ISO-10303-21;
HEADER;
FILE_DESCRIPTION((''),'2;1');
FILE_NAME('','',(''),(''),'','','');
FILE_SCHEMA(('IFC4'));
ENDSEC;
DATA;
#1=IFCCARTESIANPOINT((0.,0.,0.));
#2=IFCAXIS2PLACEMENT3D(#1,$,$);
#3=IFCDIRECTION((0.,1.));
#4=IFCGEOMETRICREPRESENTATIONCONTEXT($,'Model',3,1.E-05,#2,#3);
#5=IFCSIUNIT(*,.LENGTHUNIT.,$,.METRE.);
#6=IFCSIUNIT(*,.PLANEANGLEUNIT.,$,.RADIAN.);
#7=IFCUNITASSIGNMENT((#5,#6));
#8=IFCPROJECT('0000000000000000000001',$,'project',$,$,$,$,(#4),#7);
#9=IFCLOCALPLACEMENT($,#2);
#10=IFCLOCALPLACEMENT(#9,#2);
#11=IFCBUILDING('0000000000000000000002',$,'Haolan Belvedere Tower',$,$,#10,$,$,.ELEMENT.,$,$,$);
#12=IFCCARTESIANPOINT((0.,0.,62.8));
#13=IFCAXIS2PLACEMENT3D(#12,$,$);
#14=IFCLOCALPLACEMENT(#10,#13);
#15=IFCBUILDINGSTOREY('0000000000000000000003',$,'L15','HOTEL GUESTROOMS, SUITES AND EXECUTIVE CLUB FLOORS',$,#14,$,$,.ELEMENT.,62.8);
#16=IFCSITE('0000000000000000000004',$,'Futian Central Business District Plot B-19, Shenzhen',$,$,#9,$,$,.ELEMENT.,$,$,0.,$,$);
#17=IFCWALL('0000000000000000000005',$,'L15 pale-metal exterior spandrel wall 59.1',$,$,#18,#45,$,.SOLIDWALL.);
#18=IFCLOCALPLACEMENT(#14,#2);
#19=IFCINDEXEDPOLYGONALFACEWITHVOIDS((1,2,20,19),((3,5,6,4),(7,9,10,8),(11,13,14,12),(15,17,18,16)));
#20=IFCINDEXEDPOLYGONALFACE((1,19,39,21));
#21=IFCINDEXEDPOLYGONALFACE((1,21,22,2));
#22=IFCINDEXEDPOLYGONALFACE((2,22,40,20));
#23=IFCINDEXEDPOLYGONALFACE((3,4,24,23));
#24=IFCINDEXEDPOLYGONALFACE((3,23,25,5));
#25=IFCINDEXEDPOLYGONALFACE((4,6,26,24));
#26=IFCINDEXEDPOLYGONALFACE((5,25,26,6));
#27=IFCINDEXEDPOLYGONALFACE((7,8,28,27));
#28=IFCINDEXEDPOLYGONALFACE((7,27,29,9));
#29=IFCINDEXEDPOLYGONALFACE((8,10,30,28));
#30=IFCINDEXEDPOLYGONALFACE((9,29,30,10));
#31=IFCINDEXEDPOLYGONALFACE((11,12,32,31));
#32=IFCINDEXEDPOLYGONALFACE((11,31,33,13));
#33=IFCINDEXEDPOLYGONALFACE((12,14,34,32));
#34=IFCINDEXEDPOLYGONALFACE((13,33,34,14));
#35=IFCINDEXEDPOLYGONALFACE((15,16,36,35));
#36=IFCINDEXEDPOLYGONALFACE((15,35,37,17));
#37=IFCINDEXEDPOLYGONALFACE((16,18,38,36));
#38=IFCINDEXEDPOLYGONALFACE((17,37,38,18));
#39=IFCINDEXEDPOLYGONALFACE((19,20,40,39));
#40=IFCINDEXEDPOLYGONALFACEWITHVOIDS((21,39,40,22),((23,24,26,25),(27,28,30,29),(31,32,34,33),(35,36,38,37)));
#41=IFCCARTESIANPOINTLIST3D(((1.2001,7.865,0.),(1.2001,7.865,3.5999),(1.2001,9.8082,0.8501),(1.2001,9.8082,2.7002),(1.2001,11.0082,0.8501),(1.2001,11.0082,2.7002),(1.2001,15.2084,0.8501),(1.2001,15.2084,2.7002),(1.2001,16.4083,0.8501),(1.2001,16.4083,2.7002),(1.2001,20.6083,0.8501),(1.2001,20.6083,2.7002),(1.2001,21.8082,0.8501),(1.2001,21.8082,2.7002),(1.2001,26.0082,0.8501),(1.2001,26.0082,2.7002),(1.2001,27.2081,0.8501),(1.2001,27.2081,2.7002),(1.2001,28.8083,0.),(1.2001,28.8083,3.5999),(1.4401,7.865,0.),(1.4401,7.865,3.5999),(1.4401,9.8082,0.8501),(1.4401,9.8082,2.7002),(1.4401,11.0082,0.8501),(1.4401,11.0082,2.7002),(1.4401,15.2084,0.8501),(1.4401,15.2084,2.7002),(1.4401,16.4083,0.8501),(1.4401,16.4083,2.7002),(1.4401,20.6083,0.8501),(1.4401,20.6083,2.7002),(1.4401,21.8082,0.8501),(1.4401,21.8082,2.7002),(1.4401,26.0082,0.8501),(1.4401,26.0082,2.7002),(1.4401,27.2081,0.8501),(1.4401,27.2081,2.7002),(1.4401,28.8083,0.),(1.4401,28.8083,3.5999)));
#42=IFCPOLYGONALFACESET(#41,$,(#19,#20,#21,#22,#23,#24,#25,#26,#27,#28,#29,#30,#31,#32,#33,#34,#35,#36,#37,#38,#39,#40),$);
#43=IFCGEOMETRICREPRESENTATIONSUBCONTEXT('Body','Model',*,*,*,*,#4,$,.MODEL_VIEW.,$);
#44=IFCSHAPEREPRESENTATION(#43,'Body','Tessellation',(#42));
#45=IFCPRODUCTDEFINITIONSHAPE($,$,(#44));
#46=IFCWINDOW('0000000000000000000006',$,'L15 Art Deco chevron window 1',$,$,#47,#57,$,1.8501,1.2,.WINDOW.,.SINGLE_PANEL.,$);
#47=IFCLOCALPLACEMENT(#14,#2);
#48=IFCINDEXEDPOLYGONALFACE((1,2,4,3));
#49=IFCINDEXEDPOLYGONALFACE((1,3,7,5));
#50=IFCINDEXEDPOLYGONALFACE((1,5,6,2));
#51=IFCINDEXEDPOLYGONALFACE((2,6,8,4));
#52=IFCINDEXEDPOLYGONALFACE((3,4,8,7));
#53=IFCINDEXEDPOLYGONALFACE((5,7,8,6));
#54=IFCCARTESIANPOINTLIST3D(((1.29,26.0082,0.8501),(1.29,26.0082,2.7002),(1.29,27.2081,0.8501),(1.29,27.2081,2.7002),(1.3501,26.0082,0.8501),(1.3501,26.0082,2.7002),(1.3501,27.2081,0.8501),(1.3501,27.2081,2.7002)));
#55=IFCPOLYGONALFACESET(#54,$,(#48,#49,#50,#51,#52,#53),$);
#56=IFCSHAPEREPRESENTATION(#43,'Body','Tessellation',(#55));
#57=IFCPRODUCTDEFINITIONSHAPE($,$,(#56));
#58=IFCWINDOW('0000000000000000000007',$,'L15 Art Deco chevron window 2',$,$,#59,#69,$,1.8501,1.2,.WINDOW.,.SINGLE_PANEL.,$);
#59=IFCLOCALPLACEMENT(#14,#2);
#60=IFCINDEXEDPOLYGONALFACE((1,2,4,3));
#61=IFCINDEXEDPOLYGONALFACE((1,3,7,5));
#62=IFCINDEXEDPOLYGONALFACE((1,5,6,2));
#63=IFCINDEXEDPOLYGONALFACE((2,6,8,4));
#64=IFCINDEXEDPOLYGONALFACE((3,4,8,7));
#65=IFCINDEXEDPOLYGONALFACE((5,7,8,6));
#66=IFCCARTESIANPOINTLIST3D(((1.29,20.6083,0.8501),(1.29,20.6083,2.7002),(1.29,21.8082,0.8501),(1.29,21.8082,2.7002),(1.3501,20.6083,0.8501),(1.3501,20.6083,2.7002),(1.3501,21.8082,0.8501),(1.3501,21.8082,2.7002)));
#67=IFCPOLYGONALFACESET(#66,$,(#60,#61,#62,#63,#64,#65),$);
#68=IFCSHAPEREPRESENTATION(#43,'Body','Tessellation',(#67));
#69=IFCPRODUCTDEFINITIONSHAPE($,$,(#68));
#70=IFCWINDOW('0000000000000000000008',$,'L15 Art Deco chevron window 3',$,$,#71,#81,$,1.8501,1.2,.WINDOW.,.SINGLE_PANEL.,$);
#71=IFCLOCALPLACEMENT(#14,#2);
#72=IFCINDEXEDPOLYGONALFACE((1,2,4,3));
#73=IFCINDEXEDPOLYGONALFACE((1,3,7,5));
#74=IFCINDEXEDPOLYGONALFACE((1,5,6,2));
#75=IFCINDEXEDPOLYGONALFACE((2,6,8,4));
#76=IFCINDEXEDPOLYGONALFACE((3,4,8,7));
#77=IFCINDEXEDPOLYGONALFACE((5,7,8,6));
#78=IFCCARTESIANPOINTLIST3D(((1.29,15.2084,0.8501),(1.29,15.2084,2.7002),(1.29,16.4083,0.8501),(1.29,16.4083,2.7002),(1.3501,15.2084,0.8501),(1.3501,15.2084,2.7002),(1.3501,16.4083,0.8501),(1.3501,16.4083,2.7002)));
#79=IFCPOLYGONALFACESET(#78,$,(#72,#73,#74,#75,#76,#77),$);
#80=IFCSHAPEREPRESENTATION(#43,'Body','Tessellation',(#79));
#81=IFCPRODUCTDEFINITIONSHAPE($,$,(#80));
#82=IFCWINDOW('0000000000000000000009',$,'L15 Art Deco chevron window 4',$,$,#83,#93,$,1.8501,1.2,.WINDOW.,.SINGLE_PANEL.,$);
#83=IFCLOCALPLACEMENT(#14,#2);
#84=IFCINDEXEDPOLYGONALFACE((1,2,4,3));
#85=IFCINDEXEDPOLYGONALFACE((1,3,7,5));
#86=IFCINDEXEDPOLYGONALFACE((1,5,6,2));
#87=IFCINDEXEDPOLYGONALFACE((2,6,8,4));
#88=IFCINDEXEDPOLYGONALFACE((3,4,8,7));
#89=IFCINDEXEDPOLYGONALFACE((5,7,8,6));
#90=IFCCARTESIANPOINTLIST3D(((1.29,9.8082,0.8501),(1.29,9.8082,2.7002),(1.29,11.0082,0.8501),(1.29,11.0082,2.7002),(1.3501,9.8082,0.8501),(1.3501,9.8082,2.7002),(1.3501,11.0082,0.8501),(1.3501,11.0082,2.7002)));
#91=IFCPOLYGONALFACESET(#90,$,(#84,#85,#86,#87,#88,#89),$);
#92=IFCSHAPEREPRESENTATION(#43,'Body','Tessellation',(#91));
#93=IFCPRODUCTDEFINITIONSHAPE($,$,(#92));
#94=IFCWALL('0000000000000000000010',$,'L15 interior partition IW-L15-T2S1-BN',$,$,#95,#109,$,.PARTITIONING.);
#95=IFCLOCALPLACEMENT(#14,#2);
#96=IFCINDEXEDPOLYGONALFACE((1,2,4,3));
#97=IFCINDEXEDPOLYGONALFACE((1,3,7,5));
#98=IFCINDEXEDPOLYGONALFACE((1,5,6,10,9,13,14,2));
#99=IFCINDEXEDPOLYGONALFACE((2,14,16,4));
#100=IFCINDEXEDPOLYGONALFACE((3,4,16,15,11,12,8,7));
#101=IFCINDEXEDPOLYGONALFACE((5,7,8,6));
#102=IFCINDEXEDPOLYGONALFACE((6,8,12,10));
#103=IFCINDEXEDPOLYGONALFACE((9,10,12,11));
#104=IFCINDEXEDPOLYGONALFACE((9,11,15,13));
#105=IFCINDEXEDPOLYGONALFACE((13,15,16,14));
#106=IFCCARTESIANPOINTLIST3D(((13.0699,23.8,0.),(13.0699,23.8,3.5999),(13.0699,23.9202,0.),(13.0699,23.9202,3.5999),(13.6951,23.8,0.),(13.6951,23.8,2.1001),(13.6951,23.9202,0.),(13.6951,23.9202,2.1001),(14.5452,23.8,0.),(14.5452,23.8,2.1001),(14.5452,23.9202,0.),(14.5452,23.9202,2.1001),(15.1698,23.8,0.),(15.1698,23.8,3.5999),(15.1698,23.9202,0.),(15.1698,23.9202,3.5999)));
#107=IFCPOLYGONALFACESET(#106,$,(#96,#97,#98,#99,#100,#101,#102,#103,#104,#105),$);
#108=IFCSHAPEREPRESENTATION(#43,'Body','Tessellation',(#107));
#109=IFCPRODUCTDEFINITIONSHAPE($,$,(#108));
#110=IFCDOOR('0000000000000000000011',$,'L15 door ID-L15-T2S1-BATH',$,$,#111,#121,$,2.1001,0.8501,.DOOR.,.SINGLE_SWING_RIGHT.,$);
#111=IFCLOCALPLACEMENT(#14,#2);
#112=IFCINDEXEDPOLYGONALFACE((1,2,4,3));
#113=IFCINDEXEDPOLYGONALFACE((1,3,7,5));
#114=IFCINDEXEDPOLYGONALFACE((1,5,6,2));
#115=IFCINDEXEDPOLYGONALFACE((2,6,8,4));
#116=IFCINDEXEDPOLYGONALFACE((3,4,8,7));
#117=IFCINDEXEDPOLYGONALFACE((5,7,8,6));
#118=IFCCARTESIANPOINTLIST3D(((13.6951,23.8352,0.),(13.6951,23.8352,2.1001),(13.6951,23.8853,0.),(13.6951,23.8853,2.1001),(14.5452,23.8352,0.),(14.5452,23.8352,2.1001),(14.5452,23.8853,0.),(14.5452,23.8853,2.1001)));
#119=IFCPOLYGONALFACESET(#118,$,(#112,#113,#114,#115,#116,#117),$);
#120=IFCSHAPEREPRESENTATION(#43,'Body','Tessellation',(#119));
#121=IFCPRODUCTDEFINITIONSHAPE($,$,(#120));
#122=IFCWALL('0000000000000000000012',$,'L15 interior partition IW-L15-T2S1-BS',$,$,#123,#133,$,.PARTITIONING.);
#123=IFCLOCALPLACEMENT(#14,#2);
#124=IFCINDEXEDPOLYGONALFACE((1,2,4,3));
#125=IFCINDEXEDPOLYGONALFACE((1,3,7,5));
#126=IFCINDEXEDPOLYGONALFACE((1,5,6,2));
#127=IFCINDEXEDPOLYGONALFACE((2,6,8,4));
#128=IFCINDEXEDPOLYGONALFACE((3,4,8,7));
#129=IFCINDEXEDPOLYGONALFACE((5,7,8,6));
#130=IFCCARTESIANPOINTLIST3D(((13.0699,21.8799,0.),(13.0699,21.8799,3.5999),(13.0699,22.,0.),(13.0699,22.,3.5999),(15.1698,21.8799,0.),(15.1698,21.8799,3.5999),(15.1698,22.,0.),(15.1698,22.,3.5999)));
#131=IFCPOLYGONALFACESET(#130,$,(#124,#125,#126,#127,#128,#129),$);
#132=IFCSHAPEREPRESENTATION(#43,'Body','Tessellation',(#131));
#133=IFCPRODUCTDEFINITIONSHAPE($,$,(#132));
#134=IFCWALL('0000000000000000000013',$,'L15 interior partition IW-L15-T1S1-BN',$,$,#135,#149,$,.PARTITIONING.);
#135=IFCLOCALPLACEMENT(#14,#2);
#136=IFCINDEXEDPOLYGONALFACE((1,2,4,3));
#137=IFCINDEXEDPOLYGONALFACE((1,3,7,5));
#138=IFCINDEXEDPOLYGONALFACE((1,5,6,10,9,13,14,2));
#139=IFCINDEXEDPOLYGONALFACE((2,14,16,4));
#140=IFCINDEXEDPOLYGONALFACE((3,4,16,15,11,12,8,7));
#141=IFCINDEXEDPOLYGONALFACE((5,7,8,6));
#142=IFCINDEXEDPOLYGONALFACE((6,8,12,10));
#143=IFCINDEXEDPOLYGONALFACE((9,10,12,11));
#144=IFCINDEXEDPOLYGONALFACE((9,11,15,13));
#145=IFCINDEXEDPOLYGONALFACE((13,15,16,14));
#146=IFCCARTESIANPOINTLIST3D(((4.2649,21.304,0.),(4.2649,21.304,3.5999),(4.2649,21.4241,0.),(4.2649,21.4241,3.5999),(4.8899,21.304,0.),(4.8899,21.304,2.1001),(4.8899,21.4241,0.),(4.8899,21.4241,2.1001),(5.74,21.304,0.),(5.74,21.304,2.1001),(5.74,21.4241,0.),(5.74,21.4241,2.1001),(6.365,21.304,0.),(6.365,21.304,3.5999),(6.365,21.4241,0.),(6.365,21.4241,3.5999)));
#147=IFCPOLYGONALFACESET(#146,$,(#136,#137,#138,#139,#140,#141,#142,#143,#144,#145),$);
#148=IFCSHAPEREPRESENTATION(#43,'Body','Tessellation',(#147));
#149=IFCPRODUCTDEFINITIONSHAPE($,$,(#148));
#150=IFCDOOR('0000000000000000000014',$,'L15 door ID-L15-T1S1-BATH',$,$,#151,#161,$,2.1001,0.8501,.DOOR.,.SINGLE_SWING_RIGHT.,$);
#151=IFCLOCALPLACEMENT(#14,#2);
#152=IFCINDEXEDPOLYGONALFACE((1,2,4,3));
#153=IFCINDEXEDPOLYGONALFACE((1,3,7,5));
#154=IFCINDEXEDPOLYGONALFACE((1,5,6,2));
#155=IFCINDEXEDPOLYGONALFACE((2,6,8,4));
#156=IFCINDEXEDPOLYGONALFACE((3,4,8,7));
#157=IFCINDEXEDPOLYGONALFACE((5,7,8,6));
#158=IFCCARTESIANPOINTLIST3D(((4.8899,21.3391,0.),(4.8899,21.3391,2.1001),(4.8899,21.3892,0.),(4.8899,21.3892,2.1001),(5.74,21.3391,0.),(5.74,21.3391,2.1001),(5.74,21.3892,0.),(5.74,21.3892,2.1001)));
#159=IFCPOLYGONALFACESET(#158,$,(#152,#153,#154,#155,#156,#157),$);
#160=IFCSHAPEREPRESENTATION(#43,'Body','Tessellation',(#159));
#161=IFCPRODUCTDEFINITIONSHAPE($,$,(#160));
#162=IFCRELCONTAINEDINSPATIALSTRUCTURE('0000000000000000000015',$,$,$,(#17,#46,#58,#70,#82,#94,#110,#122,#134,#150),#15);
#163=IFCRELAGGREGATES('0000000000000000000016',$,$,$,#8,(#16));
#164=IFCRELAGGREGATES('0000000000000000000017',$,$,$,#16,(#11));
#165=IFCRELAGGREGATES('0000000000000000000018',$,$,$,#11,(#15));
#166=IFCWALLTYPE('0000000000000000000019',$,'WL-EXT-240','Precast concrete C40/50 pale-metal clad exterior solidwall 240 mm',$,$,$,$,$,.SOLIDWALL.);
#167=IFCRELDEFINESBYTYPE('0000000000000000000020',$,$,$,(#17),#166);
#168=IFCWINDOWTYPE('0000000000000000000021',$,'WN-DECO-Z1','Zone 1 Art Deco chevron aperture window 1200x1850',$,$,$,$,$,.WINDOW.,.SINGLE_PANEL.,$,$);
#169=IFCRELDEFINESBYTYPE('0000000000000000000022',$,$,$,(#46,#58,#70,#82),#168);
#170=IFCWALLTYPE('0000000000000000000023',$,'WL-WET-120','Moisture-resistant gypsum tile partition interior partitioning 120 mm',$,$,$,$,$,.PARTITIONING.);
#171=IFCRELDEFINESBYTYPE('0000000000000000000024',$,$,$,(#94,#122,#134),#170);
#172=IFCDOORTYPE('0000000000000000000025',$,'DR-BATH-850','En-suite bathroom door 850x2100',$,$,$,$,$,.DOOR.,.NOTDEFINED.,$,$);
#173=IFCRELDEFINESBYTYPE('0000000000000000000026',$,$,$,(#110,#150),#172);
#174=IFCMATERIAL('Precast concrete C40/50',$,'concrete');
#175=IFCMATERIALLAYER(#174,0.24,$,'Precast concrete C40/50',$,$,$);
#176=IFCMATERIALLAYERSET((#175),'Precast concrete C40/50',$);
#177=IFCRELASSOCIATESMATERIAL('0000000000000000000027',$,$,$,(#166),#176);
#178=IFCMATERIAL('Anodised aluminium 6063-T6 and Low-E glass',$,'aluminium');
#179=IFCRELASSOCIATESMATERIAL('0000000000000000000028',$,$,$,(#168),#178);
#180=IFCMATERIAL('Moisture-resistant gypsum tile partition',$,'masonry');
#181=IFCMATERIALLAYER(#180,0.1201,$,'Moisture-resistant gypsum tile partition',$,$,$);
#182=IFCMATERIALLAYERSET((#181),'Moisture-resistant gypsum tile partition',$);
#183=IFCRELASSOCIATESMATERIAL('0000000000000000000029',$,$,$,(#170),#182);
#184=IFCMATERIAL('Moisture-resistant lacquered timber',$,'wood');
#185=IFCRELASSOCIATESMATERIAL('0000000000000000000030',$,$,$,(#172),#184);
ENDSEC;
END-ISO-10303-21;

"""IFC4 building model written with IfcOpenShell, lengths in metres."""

from ifc_helpers import new_model, si_unit, direction, frame, frame_2d, origin, place, context, subcontext, project, spatial, rectangle, extrude, material, layer, layer_set, type_object, element, fill, save


model = new_model("IFC4")

# Units and contexts
model_context = context("Model", 3, precision=1e-05, world=origin(), true_north=direction((0.0, 1.0)))
body_context = subcontext(model_context, "Body", "Model", "MODEL_VIEW")
ifc_project = project(units=[si_unit("LENGTHUNIT", "METRE"), si_unit("PLANEANGLEUNIT", "RADIAN")], contexts=[model_context])

# Site, building, storey
site_placement = place(None, origin())
site = spatial("IfcSite", under=ifc_project, at=site_placement, Name="Futian Central Business District Plot B-19, Shenzhen", CompositionType="ELEMENT", RefElevation=0.0)
building_placement = place(site_placement, origin())
building = spatial("IfcBuilding", under=site, at=building_placement, Name="Haolan Belvedere Tower", CompositionType="ELEMENT")
storey_placement = place(building_placement, frame((0.0, 0.0, 62.8)))
storey = spatial("IfcBuildingStorey", under=building, at=storey_placement, Name="L15", Description="HOTEL GUESTROOMS, SUITES AND EXECUTIVE CLUB FLOORS", CompositionType="ELEMENT", Elevation=62.8)

# Wall, openings, windows
ifc_material_1 = material(Name="Precast concrete C40/50", Category="concrete")
ifc_layer_1 = layer(ifc_material_1, 0.24, Name="Precast concrete C40/50")
ifc_layer_set_1 = layer_set([ifc_layer_1], Name="Precast concrete C40/50")
wall_type_1 = type_object("IfcWallType", Name="WL-EXT-240", Description="Precast concrete C40/50 pale-metal clad exterior solidwall 240 mm", PredefinedType="SOLIDWALL", material=ifc_layer_set_1)
wall_1_placement = place(storey_placement, frame((1.3201, 28.8083, 0.0), z_axis=(0.0, 0.0, 1.0), x_axis=(0.0, -1.0, 0.0)))
wall_1 = element("IfcWall", 1, at=wall_1_placement, inside=storey, type_object=wall_type_1, Name="L15 pale-metal exterior spandrel wall 59.1", PredefinedType="SOLIDWALL", context=body_context, shape_type="SweptSolid", body=[
    extrude(rectangle(XDim=20.9434, YDim=0.24, at=frame_2d((10.4717, 0.0))), origin(), (0.0, 0.0, 1.0), 3.5999),
])
opening_1_placement = place(wall_1_placement, frame((1.6001, 0.0, 0.8501)))
opening_1 = element("IfcOpeningElement", 2, at=opening_1_placement, cuts=wall_1, PredefinedType="OPENING", context=body_context, shape_type="SweptSolid", body=[
    extrude(rectangle(XDim=1.2, YDim=1.8501, at=frame_2d((0.6001, 0.925))), frame((0.0, 0.1299, 0.0), z_axis=(0.0, -1.0, 0.0), x_axis=(1.0, 0.0, 0.0)), (0.0, 0.0, 1.0), 0.26),
])
opening_2_placement = place(wall_1_placement, frame((7.0, 0.0, 0.8501)))
opening_2 = element("IfcOpeningElement", 3, at=opening_2_placement, cuts=wall_1, PredefinedType="OPENING", context=body_context, shape_type="SweptSolid", body=[
    extrude(rectangle(XDim=1.2, YDim=1.8501, at=frame_2d((0.6001, 0.925))), frame((0.0, 0.1299, 0.0), z_axis=(0.0, -1.0, 0.0), x_axis=(1.0, 0.0, 0.0)), (0.0, 0.0, 1.0), 0.26),
])
opening_3_placement = place(wall_1_placement, frame((12.3999, 0.0, 0.8501)))
opening_3 = element("IfcOpeningElement", 4, at=opening_3_placement, cuts=wall_1, PredefinedType="OPENING", context=body_context, shape_type="SweptSolid", body=[
    extrude(rectangle(XDim=1.2, YDim=1.8501, at=frame_2d((0.6001, 0.925))), frame((0.0, 0.1299, 0.0), z_axis=(0.0, -1.0, 0.0), x_axis=(1.0, 0.0, 0.0)), (0.0, 0.0, 1.0), 0.26),
])
opening_4_placement = place(wall_1_placement, frame((17.8, 0.0, 0.8501)))
opening_4 = element("IfcOpeningElement", 5, at=opening_4_placement, cuts=wall_1, PredefinedType="OPENING", context=body_context, shape_type="SweptSolid", body=[
    extrude(rectangle(XDim=1.2, YDim=1.8501, at=frame_2d((0.6001, 0.925))), frame((0.0, 0.1299, 0.0), z_axis=(0.0, -1.0, 0.0), x_axis=(1.0, 0.0, 0.0)), (0.0, 0.0, 1.0), 0.26),
])
ifc_material_2 = material(Name="Anodised aluminium 6063-T6 and Low-E glass", Category="aluminium")
window_type = type_object("IfcWindowType", Name="WN-DECO-Z1", Description="Zone 1 Art Deco chevron aperture window 1200x1850", PartitioningType="SINGLE_PANEL", PredefinedType="WINDOW", material=ifc_material_2)
window_1_placement = place(opening_1_placement, origin())
window_1 = element("IfcWindow", 6, at=window_1_placement, inside=storey, type_object=window_type, Name="L15 Art Deco chevron window 1", OverallHeight=1.8501, OverallWidth=1.2, PartitioningType="SINGLE_PANEL", PredefinedType="WINDOW", context=body_context, shape_type="SweptSolid", body=[
    extrude(rectangle(XDim=1.2, YDim=1.8501, at=frame_2d((0.6001, 0.925))), frame((0.0, 0.03, 0.0), z_axis=(0.0, -1.0, 0.0), x_axis=(1.0, 0.0, 0.0)), (0.0, 0.0, 1.0), 0.0601),
])
fill(opening_1, window_1)
window_2_placement = place(opening_2_placement, origin())
window_2 = element("IfcWindow", 7, at=window_2_placement, inside=storey, type_object=window_type, Name="L15 Art Deco chevron window 2", OverallHeight=1.8501, OverallWidth=1.2, PartitioningType="SINGLE_PANEL", PredefinedType="WINDOW", context=body_context, shape_type="SweptSolid", body=[
    extrude(rectangle(XDim=1.2, YDim=1.8501, at=frame_2d((0.6001, 0.925))), frame((0.0, 0.03, 0.0), z_axis=(0.0, -1.0, 0.0), x_axis=(1.0, 0.0, 0.0)), (0.0, 0.0, 1.0), 0.0601),
])
fill(opening_2, window_2)
window_3_placement = place(opening_3_placement, origin())
window_3 = element("IfcWindow", 8, at=window_3_placement, inside=storey, type_object=window_type, Name="L15 Art Deco chevron window 3", OverallHeight=1.8501, OverallWidth=1.2, PartitioningType="SINGLE_PANEL", PredefinedType="WINDOW", context=body_context, shape_type="SweptSolid", body=[
    extrude(rectangle(XDim=1.2, YDim=1.8501, at=frame_2d((0.6001, 0.925))), frame((0.0, 0.03, 0.0), z_axis=(0.0, -1.0, 0.0), x_axis=(1.0, 0.0, 0.0)), (0.0, 0.0, 1.0), 0.0601),
])
fill(opening_3, window_3)
window_4_placement = place(opening_4_placement, origin())
window_4 = element("IfcWindow", 9, at=window_4_placement, inside=storey, type_object=window_type, Name="L15 Art Deco chevron window 4", OverallHeight=1.8501, OverallWidth=1.2, PartitioningType="SINGLE_PANEL", PredefinedType="WINDOW", context=body_context, shape_type="SweptSolid", body=[
    extrude(rectangle(XDim=1.2, YDim=1.8501, at=frame_2d((0.6001, 0.925))), frame((0.0, 0.03, 0.0), z_axis=(0.0, -1.0, 0.0), x_axis=(1.0, 0.0, 0.0)), (0.0, 0.0, 1.0), 0.0601),
])
fill(opening_4, window_4)

# Wall, opening, door
ifc_material_3 = material(Name="Moisture-resistant gypsum tile partition", Category="masonry")
ifc_layer_2 = layer(ifc_material_3, 0.1201, Name="Moisture-resistant gypsum tile partition")
ifc_layer_set_2 = layer_set([ifc_layer_2], Name="Moisture-resistant gypsum tile partition")
wall_type_2 = type_object("IfcWallType", Name="WL-WET-120", Description="Moisture-resistant gypsum tile partition interior partitioning 120 mm", PredefinedType="PARTITIONING", material=ifc_layer_set_2)
wall_2_placement = place(storey_placement, frame((13.0701, 23.8601, 0.0), z_axis=(0.0, 0.0, 1.0), x_axis=(1.0, 0.0, 0.0)))
wall_2 = element("IfcWall", 10, at=wall_2_placement, inside=storey, type_object=wall_type_2, Name="L15 interior partition IW-L15-T2S1-BN", PredefinedType="PARTITIONING", context=body_context, shape_type="SweptSolid", body=[
    extrude(rectangle(XDim=2.0999, YDim=0.1201, at=frame_2d((1.0498, 0.0))), origin(), (0.0, 0.0, 1.0), 3.5999),
])
opening_5_placement = place(wall_2_placement, frame((1.4751, 0.0, 0.0), z_axis=(0.0, 0.0, 1.0), x_axis=(-1.0, 0.0, 0.0)))
opening_5 = element("IfcOpeningElement", 11, at=opening_5_placement, cuts=wall_2, PredefinedType="OPENING", context=body_context, shape_type="SweptSolid", body=[
    extrude(rectangle(XDim=0.8501, YDim=2.1001, at=frame_2d((0.425, 1.05))), frame((0.0, 0.0701, 0.0), z_axis=(0.0, -1.0, 0.0), x_axis=(1.0, 0.0, 0.0)), (0.0, 0.0, 1.0), 0.1401),
])
ifc_material_4 = material(Name="Moisture-resistant lacquered timber", Category="wood")
door_type = type_object("IfcDoorType", Name="DR-BATH-850", Description="En-suite bathroom door 850x2100", OperationType="NOTDEFINED", PredefinedType="DOOR", material=ifc_material_4)
door_1_placement = place(opening_5_placement, origin())
door_1 = element("IfcDoor", 12, at=door_1_placement, inside=storey, type_object=door_type, Name="L15 door ID-L15-T2S1-BATH", OperationType="SINGLE_SWING_RIGHT", OverallHeight=2.1001, OverallWidth=0.8501, PredefinedType="DOOR", context=body_context, shape_type="SweptSolid", body=[
    extrude(rectangle(XDim=0.8501, YDim=2.1001, at=frame_2d((0.425, 1.05))), frame((0.0, 0.0249, 0.0), z_axis=(0.0, -1.0, 0.0), x_axis=(1.0, 0.0, 0.0)), (0.0, 0.0, 1.0), 0.05),
])
fill(opening_5, door_1)

# Wall
wall_3_placement = place(storey_placement, frame((13.0701, 21.9399, 0.0), z_axis=(0.0, 0.0, 1.0), x_axis=(1.0, 0.0, 0.0)))
element("IfcWall", 13, at=wall_3_placement, inside=storey, type_object=wall_type_2, Name="L15 interior partition IW-L15-T2S1-BS", PredefinedType="PARTITIONING", context=body_context, shape_type="SweptSolid", body=[
    extrude(rectangle(XDim=2.0999, YDim=0.1201, at=frame_2d((1.0498, 0.0))), origin(), (0.0, 0.0, 1.0), 3.5999),
])

# Wall, opening, door
wall_4_placement = place(storey_placement, frame((4.2649, 21.364, 0.0), z_axis=(0.0, 0.0, 1.0), x_axis=(1.0, 0.0, 0.0)))
wall_4 = element("IfcWall", 14, at=wall_4_placement, inside=storey, type_object=wall_type_2, Name="L15 interior partition IW-L15-T1S1-BN", PredefinedType="PARTITIONING", context=body_context, shape_type="SweptSolid", body=[
    extrude(rectangle(XDim=2.1001, YDim=0.1201, at=frame_2d((1.05, 0.0))), origin(), (0.0, 0.0, 1.0), 3.5999),
])
opening_6_placement = place(wall_4_placement, frame((1.4751, 0.0, 0.0), z_axis=(0.0, 0.0, 1.0), x_axis=(-1.0, 0.0, 0.0)))
opening_6 = element("IfcOpeningElement", 15, at=opening_6_placement, cuts=wall_4, PredefinedType="OPENING", context=body_context, shape_type="SweptSolid", body=[
    extrude(rectangle(XDim=0.8501, YDim=2.1001, at=frame_2d((0.425, 1.05))), frame((0.0, 0.0701, 0.0), z_axis=(0.0, -1.0, 0.0), x_axis=(1.0, 0.0, 0.0)), (0.0, 0.0, 1.0), 0.1401),
])
door_2_placement = place(opening_6_placement, origin())
door_2 = element("IfcDoor", 16, at=door_2_placement, inside=storey, type_object=door_type, Name="L15 door ID-L15-T1S1-BATH", OperationType="SINGLE_SWING_RIGHT", OverallHeight=2.1001, OverallWidth=0.8501, PredefinedType="DOOR", context=body_context, shape_type="SweptSolid", body=[
    extrude(rectangle(XDim=0.8501, YDim=2.1001, at=frame_2d((0.425, 1.05))), frame((0.0, 0.0249, 0.0), z_axis=(0.0, -1.0, 0.0), x_axis=(1.0, 0.0, 0.0)), (0.0, 0.0, 1.0), 0.05),
])
fill(opening_6, door_2)

save(model, "model.ifc")
